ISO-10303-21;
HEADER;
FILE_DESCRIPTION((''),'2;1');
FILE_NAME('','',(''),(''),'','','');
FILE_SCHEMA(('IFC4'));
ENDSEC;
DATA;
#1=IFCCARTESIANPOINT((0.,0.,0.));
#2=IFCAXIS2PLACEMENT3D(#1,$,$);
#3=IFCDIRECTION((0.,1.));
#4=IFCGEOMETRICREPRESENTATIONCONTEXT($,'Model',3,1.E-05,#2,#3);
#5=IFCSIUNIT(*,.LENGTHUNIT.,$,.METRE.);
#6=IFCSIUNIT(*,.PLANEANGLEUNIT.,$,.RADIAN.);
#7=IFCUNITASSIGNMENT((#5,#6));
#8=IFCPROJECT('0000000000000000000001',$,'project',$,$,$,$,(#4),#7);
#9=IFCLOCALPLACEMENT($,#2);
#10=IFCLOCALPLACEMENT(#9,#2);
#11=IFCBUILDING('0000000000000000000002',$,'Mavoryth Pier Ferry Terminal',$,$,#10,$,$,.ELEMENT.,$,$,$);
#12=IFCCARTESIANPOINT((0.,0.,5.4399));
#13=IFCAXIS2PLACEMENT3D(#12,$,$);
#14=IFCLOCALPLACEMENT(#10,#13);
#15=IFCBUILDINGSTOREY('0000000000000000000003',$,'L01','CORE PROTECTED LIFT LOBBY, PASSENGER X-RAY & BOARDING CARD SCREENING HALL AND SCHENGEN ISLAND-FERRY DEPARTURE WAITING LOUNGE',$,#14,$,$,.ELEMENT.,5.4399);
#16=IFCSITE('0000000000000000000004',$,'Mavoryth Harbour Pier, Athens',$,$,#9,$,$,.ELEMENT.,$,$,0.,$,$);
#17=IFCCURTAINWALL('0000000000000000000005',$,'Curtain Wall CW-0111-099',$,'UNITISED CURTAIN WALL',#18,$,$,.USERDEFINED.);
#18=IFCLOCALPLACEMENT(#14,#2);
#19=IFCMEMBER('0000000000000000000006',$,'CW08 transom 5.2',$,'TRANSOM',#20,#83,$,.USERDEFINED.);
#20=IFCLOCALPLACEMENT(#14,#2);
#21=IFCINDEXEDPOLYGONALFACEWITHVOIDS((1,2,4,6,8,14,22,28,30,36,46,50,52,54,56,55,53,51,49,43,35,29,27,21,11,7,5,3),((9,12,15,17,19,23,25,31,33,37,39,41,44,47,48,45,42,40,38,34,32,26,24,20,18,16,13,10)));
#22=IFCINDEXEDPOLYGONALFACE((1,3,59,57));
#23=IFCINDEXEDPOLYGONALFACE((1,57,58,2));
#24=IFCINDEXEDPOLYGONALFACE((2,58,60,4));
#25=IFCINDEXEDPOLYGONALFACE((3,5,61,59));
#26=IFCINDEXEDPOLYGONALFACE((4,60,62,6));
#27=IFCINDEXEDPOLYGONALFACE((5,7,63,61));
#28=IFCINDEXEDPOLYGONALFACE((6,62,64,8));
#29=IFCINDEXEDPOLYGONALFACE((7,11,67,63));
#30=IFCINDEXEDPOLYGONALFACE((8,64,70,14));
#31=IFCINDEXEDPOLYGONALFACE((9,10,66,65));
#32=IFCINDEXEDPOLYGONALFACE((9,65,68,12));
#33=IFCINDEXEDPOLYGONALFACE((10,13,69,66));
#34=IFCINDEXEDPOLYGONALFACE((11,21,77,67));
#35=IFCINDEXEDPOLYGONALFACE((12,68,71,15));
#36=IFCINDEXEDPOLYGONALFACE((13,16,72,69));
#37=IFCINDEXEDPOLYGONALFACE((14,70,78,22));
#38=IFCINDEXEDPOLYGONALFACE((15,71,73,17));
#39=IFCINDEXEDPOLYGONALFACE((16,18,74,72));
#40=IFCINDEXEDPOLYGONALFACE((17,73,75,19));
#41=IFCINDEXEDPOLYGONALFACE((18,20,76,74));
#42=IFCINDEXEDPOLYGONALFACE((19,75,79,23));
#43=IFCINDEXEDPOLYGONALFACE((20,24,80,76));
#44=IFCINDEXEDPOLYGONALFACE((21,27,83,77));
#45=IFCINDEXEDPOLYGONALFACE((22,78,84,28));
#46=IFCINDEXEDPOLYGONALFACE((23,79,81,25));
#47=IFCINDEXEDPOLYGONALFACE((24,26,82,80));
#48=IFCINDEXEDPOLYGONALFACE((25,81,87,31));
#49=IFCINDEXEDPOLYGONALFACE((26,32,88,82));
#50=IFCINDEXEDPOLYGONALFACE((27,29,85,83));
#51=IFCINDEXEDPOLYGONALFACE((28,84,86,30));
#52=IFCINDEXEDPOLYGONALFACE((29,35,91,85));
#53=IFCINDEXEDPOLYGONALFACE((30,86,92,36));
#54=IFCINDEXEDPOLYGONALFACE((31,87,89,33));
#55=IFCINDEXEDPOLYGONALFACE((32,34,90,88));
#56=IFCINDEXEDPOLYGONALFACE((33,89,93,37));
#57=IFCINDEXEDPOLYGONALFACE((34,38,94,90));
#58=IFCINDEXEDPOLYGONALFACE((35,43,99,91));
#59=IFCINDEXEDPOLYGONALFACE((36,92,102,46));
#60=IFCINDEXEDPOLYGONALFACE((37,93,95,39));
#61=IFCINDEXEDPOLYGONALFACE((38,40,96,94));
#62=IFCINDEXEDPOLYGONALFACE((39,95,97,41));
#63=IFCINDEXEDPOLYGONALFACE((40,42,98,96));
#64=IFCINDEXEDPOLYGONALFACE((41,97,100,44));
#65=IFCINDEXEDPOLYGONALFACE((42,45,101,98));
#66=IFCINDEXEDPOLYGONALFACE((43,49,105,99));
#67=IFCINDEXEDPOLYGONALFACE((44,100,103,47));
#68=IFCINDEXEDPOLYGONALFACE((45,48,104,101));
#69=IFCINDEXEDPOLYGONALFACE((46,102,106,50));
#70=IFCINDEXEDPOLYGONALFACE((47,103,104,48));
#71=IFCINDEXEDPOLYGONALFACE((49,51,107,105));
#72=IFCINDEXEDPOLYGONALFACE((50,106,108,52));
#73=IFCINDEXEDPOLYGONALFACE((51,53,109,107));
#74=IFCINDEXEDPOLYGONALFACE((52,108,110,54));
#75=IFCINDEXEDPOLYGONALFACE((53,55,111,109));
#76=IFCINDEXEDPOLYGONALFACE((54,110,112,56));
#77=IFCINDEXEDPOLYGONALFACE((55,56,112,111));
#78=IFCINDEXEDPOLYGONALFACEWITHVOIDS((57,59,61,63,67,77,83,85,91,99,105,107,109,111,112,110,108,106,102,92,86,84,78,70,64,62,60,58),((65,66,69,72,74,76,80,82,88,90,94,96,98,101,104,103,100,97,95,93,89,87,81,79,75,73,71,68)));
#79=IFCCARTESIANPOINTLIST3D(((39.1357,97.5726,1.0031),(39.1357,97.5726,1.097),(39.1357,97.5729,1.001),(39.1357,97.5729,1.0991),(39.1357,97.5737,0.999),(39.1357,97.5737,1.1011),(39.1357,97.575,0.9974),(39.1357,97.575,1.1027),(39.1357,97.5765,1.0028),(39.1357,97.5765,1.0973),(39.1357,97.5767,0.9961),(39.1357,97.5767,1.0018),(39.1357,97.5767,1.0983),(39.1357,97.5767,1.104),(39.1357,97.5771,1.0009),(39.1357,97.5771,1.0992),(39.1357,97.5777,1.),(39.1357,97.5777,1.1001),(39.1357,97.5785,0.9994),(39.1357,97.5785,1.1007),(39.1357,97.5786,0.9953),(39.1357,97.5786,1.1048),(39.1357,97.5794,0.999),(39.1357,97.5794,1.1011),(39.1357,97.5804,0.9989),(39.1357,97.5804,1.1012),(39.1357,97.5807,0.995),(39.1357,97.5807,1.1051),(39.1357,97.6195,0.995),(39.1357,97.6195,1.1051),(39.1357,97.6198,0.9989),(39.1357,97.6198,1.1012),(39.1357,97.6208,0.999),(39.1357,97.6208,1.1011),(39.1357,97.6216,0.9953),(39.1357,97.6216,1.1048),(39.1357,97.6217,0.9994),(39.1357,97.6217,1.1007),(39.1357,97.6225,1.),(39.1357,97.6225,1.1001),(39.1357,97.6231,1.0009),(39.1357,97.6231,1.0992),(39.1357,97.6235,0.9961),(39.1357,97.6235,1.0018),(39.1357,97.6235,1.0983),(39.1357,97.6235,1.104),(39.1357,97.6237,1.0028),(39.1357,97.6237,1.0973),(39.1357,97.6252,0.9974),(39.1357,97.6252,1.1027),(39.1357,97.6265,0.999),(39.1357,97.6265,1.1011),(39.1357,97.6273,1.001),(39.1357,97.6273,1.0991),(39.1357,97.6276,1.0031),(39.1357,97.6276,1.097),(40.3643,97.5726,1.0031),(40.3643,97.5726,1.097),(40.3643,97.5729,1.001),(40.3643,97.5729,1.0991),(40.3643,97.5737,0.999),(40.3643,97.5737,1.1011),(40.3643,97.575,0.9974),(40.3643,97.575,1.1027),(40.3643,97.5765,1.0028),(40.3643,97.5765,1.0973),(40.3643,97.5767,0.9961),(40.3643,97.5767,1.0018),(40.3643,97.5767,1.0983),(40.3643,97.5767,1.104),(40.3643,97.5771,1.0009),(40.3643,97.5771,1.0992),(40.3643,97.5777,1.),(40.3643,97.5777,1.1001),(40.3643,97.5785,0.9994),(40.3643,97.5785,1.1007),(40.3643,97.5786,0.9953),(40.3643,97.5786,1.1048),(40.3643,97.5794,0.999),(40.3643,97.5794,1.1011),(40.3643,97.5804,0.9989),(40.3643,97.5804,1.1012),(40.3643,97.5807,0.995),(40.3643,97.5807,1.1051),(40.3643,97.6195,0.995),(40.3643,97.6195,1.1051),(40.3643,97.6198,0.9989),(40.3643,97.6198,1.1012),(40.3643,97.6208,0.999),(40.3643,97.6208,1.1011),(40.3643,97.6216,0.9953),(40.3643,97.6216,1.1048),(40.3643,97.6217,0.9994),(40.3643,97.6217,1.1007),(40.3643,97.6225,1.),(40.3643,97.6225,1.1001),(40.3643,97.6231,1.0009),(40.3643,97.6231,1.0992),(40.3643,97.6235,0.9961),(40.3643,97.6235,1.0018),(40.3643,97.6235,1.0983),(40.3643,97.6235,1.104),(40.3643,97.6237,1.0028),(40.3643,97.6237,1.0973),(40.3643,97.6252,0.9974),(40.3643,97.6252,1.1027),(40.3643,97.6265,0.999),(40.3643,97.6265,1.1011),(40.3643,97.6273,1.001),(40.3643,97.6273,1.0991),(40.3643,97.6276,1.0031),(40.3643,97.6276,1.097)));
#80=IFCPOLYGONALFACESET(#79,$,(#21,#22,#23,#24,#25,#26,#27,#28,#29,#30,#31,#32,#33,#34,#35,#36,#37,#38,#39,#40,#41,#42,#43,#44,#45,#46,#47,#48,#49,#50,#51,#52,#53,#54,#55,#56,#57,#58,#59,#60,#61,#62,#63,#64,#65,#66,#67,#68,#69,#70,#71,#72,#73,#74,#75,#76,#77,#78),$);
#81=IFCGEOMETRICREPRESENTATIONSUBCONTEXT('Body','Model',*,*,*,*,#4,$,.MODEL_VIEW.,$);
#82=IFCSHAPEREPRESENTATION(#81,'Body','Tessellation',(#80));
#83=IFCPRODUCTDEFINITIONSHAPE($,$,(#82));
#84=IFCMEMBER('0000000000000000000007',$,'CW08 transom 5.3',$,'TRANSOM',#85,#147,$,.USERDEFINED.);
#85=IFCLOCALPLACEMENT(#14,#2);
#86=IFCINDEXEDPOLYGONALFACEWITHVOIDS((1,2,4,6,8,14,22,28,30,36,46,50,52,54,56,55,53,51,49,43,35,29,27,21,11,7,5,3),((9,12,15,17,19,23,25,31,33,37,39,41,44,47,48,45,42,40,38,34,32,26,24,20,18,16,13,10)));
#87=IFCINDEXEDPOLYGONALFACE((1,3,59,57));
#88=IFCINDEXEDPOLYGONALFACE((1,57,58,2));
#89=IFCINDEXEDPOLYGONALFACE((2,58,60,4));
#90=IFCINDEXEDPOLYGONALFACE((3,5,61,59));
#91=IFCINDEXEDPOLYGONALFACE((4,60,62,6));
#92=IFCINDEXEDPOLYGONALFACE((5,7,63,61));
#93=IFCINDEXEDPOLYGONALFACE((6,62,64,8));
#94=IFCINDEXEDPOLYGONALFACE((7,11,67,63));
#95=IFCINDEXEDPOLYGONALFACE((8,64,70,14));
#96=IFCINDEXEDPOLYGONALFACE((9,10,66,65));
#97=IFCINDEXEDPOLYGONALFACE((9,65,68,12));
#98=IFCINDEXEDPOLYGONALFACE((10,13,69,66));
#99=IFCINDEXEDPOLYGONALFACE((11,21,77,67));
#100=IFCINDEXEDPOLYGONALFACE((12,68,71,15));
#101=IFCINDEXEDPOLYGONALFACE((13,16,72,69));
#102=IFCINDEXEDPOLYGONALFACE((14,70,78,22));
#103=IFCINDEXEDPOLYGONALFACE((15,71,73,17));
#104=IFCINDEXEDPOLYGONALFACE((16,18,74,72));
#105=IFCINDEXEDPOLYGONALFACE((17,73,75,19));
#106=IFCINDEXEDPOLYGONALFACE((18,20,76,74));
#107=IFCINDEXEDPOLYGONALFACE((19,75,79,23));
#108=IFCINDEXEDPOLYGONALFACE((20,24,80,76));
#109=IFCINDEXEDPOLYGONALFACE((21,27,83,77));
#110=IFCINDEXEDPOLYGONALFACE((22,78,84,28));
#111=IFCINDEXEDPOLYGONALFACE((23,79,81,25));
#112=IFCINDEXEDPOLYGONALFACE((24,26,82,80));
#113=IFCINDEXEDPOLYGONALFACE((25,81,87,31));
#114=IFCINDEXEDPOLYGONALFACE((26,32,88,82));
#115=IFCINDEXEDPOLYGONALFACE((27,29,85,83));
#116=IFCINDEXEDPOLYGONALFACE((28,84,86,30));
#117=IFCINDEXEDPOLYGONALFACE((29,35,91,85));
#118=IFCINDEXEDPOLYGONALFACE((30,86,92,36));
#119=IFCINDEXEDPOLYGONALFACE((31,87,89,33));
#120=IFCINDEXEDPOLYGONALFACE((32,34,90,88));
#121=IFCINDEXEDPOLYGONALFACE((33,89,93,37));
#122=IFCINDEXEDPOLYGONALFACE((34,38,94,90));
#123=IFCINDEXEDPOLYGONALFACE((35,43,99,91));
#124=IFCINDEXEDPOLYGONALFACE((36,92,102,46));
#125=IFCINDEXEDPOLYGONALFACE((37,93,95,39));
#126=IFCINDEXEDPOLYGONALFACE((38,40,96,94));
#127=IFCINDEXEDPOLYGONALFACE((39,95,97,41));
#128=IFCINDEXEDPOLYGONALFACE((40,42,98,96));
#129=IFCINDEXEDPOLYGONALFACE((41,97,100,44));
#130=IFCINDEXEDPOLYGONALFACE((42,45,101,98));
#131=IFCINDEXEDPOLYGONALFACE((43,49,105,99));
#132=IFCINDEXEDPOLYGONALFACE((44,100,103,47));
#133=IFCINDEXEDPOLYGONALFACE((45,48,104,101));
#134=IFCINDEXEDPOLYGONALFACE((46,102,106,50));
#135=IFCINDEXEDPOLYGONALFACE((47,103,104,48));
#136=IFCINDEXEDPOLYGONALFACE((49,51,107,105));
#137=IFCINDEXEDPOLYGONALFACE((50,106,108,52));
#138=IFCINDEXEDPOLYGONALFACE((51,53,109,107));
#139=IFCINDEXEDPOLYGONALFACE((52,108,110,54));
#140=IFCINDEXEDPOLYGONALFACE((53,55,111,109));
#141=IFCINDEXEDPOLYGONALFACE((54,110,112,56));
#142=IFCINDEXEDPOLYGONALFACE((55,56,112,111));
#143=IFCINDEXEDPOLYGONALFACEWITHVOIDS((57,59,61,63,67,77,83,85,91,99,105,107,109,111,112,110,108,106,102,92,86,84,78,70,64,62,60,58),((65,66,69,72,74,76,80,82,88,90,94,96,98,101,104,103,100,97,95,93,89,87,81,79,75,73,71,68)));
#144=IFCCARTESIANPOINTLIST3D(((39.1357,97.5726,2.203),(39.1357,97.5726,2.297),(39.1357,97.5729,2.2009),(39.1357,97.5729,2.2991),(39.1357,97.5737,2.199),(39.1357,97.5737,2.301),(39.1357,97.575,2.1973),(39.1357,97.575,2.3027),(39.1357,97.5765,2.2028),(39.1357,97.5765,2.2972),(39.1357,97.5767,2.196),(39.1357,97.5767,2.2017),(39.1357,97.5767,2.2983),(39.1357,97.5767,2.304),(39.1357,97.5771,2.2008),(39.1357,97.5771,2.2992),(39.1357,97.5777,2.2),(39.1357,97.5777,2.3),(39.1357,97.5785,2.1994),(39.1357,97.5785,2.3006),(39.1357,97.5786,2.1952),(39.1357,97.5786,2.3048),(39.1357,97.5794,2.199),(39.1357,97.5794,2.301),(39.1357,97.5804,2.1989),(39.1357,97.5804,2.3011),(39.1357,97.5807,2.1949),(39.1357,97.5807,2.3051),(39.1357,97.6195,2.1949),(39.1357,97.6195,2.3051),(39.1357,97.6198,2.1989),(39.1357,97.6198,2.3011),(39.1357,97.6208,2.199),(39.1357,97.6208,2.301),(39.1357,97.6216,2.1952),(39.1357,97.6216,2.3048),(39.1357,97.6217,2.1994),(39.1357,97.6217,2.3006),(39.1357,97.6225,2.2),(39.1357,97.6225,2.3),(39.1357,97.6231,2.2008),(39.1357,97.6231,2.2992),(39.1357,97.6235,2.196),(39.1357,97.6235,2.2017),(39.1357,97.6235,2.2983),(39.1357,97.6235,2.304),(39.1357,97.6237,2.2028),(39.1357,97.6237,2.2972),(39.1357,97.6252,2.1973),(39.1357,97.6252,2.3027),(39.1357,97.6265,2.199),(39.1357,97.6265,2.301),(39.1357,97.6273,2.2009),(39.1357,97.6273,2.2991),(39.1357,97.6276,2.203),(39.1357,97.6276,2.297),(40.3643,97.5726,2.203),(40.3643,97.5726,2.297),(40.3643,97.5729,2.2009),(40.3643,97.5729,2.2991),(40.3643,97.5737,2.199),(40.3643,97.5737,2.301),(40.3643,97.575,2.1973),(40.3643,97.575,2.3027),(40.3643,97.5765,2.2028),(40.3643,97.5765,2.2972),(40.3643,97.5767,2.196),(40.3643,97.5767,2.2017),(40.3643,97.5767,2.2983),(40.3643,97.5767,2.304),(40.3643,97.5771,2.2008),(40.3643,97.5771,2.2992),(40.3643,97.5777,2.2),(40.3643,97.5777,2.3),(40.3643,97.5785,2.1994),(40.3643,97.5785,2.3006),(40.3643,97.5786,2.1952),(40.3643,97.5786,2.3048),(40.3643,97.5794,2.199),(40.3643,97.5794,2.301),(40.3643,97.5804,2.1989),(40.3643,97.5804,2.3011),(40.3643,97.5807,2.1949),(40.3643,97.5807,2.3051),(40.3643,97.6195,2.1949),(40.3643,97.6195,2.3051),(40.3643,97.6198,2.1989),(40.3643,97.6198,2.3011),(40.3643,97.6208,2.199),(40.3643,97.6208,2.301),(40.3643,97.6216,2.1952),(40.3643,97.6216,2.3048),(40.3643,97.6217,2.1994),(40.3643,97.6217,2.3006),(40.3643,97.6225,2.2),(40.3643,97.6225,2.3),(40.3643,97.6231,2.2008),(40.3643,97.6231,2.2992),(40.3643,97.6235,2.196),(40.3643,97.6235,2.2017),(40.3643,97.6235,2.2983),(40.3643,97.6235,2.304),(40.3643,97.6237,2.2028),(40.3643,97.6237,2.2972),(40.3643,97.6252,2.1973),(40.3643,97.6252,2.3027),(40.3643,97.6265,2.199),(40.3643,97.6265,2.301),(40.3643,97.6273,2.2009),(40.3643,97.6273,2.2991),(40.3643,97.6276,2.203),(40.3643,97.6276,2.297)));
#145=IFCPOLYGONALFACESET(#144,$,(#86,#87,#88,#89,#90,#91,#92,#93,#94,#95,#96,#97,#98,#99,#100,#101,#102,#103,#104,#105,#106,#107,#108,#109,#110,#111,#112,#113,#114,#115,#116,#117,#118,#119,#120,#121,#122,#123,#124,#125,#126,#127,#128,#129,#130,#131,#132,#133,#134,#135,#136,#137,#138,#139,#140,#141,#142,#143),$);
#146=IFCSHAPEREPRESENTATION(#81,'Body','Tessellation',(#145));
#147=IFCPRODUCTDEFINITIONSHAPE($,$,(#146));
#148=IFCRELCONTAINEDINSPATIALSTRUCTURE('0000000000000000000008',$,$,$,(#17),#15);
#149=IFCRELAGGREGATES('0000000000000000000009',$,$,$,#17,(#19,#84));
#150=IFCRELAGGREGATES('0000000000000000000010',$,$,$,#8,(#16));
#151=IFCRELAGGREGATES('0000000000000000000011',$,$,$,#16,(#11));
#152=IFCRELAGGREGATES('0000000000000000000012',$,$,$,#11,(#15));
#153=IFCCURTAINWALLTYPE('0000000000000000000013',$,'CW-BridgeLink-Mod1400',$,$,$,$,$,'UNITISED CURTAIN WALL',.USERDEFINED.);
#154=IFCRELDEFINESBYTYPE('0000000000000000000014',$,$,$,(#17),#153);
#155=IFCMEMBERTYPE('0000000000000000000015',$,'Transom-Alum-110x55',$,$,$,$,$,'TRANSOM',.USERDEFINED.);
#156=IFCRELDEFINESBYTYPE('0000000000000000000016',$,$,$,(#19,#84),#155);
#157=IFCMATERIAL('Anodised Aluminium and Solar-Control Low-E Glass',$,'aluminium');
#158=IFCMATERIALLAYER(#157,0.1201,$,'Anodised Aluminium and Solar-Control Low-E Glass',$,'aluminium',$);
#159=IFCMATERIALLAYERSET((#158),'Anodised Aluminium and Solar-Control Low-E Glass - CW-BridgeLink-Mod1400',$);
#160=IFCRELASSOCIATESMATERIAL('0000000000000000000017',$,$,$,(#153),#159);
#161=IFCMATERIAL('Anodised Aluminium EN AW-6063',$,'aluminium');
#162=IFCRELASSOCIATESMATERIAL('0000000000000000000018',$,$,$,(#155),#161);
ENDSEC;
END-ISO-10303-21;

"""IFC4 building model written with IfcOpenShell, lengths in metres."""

from ifc_helpers import new_model, si_unit, direction, frame, origin, origin_2d, place, context, subcontext, project, spatial, hollow_rectangle, extrude, material, layer, layer_set, material_profile, profile_set, type_object, element, aggregate, save


model = new_model("IFC4")

# Units and contexts
model_context = context("Model", 3, precision=1e-05, world=origin(), true_north=direction((0.0, 1.0)))
body_context = subcontext(model_context, "Body", "Model", "MODEL_VIEW")
ifc_project = project(units=[si_unit("LENGTHUNIT", "METRE"), si_unit("PLANEANGLEUNIT", "RADIAN")], contexts=[model_context])

# Site, building, storey
site_placement = place(None, origin())
site = spatial("IfcSite", under=ifc_project, at=site_placement, Name="Mavoryth Harbour Pier, Athens", CompositionType="ELEMENT", RefElevation=0.0)
building_placement = place(site_placement, origin())
building = spatial("IfcBuilding", under=site, at=building_placement, Name="Mavoryth Pier Ferry Terminal", CompositionType="ELEMENT")
storey_placement = place(building_placement, frame((0.0, 0.0, 5.4399)))
storey = spatial("IfcBuildingStorey", under=building, at=storey_placement, Name="L01", Description="CORE PROTECTED LIFT LOBBY, PASSENGER X-RAY & BOARDING CARD SCREENING HALL AND SCHENGEN ISLAND-FERRY DEPARTURE WAITING LOUNGE", CompositionType="ELEMENT", Elevation=5.4399)

# Curtain wall
ifc_material_1 = material(Name="Anodised Aluminium and Solar-Control Low-E Glass", Category="aluminium")
ifc_layer_1 = layer(ifc_material_1, 0.1201, Name="Anodised Aluminium and Solar-Control Low-E Glass", Category="aluminium")
ifc_layer_set_1 = layer_set([ifc_layer_1], Name="Anodised Aluminium and Solar-Control Low-E Glass - CW-BridgeLink-Mod1400")
curtain_wall_type = type_object("IfcCurtainWallType", Name="CW-BridgeLink-Mod1400", ElementType="UNITISED CURTAIN WALL", PredefinedType="USERDEFINED", material=ifc_layer_set_1)
curtain_wall_1_placement = place(storey_placement, origin())
curtain_wall_1 = element("IfcCurtainWall", 1, at=curtain_wall_1_placement, inside=storey, type_object=curtain_wall_type, Name="Curtain Wall CW-0111-099", ObjectType="UNITISED CURTAIN WALL", PredefinedType="USERDEFINED")
ifc_material_2 = material(Name="Anodised Aluminium EN AW-6063", Category="aluminium")

# Members
ifc_material_profile_1 = material_profile(ifc_material_2, hollow_rectangle(XDim=0.0549, YDim=0.1101, WallThickness=0.0039, InnerFilletRadius=0.0039, OuterFilletRadius=0.0081, at=origin_2d()), Name="AL-TRAN 110x55x4", Category="aluminium")
ifc_profile_set_1 = profile_set([ifc_material_profile_1], Name="Anodised Aluminium EN AW-6063 - AL-TRAN 110x55x4")
member_type_1 = type_object("IfcMemberType", Name="Transom-Alum-110x55", ElementType="TRANSOM", PredefinedType="USERDEFINED", material=ifc_profile_set_1)
member_1_placement = place(storey_placement, frame((39.1357, 97.6001, 1.05), z_axis=(1.0, 0.0, 0.0), x_axis=(0.0, 1.0, 0.0)))
member_1 = element("IfcMember", 2, at=member_1_placement, type_object=member_type_1, Name="CW08 transom 5.2", ObjectType="TRANSOM", PredefinedType="USERDEFINED", context=body_context, shape_type="SweptSolid", body=[
    extrude(hollow_rectangle(XDim=0.0549, YDim=0.1101, WallThickness=0.0039, InnerFilletRadius=0.0039, OuterFilletRadius=0.0081, at=origin_2d()), origin(), (0.0, 0.0, 1.0), 1.2285),
])
member_2_placement = place(storey_placement, frame((39.1357, 97.6001, 2.25), z_axis=(1.0, 0.0, 0.0), x_axis=(0.0, 1.0, 0.0)))
member_2 = element("IfcMember", 3, at=member_2_placement, type_object=member_type_1, Name="CW08 transom 5.3", ObjectType="TRANSOM", PredefinedType="USERDEFINED", context=body_context, shape_type="SweptSolid", body=[
    extrude(hollow_rectangle(XDim=0.0549, YDim=0.1101, WallThickness=0.0039, InnerFilletRadius=0.0039, OuterFilletRadius=0.0081, at=origin_2d()), origin(), (0.0, 0.0, 1.0), 1.2285),
])

aggregate(curtain_wall_1, [member_1, member_2])

save(model, "model.ifc")
